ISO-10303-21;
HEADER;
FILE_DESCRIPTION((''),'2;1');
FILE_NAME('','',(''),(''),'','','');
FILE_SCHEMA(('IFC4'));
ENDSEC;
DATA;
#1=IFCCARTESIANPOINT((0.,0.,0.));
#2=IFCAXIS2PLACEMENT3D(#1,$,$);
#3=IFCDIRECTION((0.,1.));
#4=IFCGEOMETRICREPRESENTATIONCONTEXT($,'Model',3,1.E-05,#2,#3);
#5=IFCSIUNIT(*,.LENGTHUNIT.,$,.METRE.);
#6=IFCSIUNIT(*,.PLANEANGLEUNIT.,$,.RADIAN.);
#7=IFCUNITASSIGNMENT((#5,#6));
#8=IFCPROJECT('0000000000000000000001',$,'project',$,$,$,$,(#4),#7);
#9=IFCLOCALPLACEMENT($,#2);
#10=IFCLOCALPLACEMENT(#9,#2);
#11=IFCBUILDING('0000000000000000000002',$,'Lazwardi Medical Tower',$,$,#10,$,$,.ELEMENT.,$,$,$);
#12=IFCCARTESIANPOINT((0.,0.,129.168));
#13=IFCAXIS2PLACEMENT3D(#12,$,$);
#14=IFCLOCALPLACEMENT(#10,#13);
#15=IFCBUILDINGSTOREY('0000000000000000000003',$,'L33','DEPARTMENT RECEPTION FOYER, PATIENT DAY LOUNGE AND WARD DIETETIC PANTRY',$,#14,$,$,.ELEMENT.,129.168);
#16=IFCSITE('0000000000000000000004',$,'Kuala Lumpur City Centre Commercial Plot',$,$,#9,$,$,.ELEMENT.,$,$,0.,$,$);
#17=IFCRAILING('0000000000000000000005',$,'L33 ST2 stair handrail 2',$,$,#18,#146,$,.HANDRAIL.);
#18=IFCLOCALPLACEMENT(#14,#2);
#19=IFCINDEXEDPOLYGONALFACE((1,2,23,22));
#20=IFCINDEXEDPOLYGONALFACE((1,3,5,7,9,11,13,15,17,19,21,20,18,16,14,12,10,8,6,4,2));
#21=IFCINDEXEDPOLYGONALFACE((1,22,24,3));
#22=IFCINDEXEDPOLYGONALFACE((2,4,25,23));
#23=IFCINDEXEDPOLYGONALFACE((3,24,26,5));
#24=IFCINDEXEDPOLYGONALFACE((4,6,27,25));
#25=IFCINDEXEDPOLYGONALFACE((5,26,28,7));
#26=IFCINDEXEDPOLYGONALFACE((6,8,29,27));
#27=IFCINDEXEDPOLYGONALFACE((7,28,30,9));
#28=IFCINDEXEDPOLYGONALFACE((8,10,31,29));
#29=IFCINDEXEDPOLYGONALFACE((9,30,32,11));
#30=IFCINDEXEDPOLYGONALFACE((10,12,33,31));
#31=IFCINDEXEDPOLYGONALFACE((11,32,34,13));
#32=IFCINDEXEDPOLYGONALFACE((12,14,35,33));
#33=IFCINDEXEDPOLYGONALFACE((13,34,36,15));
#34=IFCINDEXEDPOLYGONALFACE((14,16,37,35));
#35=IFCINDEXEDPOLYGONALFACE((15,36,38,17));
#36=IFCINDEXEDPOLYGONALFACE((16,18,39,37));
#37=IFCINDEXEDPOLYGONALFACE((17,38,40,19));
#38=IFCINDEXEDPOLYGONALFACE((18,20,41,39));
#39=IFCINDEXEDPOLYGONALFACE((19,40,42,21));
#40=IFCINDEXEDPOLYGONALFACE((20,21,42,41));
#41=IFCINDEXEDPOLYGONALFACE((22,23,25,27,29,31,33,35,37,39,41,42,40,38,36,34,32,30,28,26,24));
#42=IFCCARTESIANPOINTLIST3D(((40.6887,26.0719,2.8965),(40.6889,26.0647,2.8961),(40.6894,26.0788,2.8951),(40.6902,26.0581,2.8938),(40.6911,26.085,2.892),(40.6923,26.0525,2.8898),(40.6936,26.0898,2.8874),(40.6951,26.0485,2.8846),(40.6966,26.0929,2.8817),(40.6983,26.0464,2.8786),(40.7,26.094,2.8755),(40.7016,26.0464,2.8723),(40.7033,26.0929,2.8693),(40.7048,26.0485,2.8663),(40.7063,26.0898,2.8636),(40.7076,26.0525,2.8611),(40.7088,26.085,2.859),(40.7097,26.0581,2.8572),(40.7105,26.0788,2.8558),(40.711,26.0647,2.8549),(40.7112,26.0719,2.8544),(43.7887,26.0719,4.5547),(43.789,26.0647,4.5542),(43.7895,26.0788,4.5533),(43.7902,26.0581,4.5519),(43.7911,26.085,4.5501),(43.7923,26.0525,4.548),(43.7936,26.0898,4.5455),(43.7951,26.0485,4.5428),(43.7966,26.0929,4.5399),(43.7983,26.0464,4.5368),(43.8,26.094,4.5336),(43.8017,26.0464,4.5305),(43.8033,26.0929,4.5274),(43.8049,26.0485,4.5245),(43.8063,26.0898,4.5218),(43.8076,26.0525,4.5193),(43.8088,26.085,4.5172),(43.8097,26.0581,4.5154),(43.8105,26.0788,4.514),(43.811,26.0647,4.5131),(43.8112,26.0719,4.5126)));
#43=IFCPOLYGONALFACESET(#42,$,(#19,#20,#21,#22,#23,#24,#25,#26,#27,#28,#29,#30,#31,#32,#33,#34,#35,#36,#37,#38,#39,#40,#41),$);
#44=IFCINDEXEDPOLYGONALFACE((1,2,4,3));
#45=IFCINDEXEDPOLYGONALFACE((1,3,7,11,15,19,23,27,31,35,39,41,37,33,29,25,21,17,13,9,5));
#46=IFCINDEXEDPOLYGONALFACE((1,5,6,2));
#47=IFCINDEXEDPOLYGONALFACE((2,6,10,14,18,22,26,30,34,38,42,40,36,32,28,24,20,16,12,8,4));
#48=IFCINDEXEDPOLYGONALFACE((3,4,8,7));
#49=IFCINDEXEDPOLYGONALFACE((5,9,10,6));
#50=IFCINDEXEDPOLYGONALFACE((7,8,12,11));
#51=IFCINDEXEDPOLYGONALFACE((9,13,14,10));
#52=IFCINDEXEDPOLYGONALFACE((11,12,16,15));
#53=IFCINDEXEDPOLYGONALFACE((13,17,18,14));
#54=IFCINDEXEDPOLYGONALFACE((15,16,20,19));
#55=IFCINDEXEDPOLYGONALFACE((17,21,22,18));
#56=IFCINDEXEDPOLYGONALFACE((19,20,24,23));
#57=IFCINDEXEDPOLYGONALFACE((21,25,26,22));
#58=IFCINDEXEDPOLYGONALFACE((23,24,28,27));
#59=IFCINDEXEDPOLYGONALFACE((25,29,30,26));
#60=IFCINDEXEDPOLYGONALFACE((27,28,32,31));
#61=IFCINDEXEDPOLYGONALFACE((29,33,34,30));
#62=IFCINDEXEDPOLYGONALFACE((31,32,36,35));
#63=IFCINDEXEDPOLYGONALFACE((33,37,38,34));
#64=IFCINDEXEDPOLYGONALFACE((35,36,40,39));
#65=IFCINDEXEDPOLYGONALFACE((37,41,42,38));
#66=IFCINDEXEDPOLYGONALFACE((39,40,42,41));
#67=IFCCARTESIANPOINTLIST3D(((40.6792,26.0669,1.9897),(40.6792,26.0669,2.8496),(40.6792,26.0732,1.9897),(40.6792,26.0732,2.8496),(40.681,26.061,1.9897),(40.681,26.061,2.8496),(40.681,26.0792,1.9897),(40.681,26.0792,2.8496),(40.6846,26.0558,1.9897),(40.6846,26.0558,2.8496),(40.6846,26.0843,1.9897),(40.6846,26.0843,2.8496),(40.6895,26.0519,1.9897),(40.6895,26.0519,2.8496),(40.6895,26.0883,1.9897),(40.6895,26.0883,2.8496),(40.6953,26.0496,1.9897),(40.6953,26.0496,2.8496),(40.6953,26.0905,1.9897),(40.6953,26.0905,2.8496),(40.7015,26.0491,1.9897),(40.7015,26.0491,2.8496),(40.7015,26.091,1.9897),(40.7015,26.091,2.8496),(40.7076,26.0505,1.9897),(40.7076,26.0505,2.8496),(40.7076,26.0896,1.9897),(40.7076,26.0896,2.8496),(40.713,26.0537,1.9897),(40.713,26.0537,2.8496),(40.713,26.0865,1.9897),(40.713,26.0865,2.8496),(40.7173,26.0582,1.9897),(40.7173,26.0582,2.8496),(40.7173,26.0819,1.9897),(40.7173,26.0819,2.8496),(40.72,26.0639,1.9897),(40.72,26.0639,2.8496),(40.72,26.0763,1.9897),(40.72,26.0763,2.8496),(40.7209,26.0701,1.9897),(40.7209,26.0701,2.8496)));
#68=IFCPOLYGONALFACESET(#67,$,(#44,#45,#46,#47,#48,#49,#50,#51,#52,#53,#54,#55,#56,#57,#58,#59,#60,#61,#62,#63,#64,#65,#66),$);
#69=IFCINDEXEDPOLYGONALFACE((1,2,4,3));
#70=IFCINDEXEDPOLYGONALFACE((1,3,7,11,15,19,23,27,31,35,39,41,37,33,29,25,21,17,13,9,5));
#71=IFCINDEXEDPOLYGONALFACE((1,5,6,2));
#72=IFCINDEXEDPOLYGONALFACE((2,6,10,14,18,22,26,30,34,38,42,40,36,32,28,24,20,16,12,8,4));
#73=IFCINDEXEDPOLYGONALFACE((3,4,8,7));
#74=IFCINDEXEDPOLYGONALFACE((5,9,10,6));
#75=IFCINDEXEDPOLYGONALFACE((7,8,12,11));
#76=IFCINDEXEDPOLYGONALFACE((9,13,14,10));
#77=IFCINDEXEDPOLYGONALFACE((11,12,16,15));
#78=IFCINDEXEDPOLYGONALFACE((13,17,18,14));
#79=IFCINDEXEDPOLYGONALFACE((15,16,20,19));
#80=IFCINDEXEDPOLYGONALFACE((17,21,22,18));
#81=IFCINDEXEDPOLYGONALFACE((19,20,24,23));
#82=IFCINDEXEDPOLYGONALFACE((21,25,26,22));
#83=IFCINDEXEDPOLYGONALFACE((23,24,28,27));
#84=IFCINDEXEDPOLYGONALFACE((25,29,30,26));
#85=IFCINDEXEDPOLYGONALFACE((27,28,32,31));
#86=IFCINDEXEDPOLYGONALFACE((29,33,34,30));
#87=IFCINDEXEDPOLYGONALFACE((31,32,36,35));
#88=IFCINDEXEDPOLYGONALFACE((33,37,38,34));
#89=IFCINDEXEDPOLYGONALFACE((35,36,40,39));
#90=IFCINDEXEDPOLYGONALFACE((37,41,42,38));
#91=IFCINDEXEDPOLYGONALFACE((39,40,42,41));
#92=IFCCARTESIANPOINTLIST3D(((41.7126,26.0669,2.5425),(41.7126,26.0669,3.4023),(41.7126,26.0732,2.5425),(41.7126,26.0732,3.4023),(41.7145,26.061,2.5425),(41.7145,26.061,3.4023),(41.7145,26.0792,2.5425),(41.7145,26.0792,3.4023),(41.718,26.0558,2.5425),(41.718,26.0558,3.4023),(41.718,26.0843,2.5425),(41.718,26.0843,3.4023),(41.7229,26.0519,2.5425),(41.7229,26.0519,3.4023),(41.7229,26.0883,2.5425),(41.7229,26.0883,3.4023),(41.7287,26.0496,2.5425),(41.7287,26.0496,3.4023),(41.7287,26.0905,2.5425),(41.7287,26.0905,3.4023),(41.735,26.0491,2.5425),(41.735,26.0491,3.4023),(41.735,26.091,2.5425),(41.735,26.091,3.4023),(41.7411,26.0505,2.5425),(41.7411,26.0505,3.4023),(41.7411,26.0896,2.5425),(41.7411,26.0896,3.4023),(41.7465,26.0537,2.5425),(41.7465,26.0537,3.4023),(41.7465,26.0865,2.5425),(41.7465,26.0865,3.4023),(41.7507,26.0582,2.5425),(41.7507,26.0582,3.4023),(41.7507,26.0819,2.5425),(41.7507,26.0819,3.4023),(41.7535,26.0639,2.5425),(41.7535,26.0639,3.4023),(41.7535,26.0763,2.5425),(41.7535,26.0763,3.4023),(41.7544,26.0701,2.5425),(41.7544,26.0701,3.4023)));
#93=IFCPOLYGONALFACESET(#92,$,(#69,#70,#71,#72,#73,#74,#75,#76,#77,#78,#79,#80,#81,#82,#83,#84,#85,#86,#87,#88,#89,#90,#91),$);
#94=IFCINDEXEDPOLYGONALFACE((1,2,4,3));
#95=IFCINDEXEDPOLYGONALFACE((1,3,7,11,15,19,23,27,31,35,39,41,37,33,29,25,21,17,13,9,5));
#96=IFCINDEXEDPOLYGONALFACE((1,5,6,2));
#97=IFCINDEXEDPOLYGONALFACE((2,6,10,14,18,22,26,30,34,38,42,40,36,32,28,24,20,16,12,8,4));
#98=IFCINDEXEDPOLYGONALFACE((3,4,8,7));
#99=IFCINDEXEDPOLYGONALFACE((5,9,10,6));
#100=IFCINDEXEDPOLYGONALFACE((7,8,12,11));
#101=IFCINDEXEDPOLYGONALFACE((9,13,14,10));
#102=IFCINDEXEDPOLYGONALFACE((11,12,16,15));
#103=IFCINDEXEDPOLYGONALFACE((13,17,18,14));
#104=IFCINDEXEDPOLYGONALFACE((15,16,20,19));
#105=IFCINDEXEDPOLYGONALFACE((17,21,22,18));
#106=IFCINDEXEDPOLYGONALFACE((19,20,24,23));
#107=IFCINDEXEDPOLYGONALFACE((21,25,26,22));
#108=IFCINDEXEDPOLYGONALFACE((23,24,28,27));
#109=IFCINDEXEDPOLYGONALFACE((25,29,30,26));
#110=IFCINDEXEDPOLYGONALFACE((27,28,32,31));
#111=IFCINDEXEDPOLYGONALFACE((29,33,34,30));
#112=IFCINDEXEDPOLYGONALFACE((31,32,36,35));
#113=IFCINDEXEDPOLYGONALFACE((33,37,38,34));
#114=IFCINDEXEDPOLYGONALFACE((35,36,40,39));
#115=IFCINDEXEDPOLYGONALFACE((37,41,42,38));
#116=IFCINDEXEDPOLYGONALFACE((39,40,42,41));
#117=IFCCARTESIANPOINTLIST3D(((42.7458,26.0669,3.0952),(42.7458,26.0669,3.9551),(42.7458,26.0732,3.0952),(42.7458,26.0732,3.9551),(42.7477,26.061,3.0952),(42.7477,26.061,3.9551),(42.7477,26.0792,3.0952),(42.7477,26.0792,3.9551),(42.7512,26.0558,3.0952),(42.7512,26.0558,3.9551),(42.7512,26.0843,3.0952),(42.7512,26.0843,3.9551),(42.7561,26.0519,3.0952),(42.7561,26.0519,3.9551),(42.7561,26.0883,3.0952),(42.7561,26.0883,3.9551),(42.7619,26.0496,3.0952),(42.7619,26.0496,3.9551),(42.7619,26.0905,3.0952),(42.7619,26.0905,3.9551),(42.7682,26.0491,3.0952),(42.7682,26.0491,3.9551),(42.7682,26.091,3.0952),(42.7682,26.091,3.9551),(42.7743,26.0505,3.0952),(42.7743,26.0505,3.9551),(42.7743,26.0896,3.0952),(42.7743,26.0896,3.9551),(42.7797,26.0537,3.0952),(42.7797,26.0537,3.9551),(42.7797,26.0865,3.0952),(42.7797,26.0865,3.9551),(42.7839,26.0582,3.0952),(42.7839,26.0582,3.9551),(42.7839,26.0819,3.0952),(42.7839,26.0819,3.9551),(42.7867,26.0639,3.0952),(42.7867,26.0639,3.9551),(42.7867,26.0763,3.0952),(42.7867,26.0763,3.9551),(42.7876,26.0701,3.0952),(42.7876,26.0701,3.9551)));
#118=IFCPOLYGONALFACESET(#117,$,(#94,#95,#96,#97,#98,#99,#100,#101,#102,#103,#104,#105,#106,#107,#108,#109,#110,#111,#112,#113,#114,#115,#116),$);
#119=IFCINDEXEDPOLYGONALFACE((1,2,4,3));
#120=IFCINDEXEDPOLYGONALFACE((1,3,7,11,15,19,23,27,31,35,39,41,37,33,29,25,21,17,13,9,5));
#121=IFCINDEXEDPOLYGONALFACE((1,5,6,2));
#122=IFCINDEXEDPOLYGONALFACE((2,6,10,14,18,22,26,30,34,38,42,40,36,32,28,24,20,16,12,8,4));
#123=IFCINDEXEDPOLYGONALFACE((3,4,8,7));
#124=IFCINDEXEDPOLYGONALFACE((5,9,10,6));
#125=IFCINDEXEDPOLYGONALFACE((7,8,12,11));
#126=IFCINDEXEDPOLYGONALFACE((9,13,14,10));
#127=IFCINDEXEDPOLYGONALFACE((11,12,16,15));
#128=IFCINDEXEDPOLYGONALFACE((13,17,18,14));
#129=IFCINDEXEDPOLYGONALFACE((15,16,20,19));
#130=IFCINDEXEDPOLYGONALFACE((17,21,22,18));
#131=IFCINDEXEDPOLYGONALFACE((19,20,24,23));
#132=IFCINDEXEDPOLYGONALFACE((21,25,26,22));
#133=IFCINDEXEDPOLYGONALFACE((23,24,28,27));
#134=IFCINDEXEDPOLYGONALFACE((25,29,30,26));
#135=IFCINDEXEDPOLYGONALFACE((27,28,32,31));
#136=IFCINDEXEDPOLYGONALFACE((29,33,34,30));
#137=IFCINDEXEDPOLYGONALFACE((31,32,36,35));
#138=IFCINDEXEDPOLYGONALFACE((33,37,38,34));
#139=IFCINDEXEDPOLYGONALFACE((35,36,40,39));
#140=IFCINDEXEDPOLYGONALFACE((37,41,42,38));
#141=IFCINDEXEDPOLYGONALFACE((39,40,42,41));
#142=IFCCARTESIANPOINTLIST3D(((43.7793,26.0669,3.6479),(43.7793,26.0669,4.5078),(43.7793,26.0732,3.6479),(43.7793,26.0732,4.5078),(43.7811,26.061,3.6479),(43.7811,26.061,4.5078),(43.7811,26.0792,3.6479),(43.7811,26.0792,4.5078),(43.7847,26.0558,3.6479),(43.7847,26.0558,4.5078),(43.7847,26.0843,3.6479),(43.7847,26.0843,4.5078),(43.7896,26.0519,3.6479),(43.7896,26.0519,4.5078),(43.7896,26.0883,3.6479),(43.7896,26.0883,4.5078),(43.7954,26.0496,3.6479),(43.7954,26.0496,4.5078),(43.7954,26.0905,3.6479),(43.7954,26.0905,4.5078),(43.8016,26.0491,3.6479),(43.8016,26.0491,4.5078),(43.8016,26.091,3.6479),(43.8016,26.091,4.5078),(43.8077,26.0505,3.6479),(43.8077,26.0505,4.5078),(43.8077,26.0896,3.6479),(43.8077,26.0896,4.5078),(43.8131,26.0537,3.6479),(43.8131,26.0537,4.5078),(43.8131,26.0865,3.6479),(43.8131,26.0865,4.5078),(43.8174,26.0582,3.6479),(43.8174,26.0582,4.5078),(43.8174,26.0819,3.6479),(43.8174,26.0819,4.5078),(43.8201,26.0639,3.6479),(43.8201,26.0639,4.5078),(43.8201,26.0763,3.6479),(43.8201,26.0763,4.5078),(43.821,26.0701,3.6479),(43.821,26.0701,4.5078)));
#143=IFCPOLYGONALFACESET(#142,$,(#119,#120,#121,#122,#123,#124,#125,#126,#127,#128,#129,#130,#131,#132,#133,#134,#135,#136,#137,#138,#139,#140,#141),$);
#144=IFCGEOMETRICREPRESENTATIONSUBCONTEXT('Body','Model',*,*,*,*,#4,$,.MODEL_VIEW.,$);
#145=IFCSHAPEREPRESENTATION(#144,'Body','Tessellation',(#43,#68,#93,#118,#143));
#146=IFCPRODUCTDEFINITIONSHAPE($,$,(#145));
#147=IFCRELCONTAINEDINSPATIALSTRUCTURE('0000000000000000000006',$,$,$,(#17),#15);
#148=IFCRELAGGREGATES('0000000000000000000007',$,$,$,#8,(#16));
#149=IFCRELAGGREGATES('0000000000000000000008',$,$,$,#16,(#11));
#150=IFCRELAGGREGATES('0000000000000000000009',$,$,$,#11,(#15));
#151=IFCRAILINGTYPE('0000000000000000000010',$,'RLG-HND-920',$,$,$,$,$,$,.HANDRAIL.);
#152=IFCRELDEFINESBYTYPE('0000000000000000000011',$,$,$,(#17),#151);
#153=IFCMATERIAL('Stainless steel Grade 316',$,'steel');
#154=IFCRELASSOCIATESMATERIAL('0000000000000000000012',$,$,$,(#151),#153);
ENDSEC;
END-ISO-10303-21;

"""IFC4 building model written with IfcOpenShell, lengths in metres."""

from ifc_helpers import new_model, si_unit, direction, frame, origin, origin_2d, place, context, subcontext, project, spatial, circle, extrude, material, type_object, element, save


model = new_model("IFC4")

# Units and contexts
model_context = context("Model", 3, precision=1e-05, world=origin(), true_north=direction((0.0, 1.0)))
body_context = subcontext(model_context, "Body", "Model", "MODEL_VIEW")
ifc_project = project(units=[si_unit("LENGTHUNIT", "METRE"), si_unit("PLANEANGLEUNIT", "RADIAN")], contexts=[model_context])

# Site, building, storey
site_placement = place(None, origin())
site = spatial("IfcSite", under=ifc_project, at=site_placement, Name="Kuala Lumpur City Centre Commercial Plot", CompositionType="ELEMENT", RefElevation=0.0)
building_placement = place(site_placement, origin())
building = spatial("IfcBuilding", under=site, at=building_placement, Name="Lazwardi Medical Tower", CompositionType="ELEMENT")
storey_placement = place(building_placement, frame((0.0, 0.0, 129.168)))
storey = spatial("IfcBuildingStorey", under=building, at=storey_placement, Name="L33", Description="DEPARTMENT RECEPTION FOYER, PATIENT DAY LOUNGE AND WARD DIETETIC PANTRY", CompositionType="ELEMENT", Elevation=129.168)

# Railing
ifc_material_1 = material(Name="Stainless steel Grade 316", Category="steel")
railing_type = type_object("IfcRailingType", Name="RLG-HND-920", PredefinedType="HANDRAIL", material=ifc_material_1)
railing_placement = place(storey_placement, frame((40.7, 26.0701, 1.9897)))
element("IfcRailing", 1, at=railing_placement, inside=storey, type_object=railing_type, Name="L33 ST2 stair handrail 2", PredefinedType="HANDRAIL", context=body_context, shape_type="SweptSolid", body=[
    extrude(circle(Radius=0.0239, at=origin_2d()), frame((0.0, 0.0, 0.8857), z_axis=(0.881783, 0.0, 0.471655), x_axis=(0.0, 1.0, 0.0)), (0.0, 0.0, 1.0), 3.5156),
    extrude(circle(Radius=0.021, at=origin_2d()), origin(), (0.0, 0.0, 1.0), 0.8599),
    extrude(circle(Radius=0.021, at=origin_2d()), frame((1.0334, 0.0, 0.5527)), (0.0, 0.0, 1.0), 0.8599),
    extrude(circle(Radius=0.021, at=origin_2d()), frame((2.0667, 0.0, 1.1055)), (0.0, 0.0, 1.0), 0.8599),
    extrude(circle(Radius=0.021, at=origin_2d()), frame((3.1001, 0.0, 1.6582)), (0.0, 0.0, 1.0), 0.8599),
])

save(model, "model.ifc")
